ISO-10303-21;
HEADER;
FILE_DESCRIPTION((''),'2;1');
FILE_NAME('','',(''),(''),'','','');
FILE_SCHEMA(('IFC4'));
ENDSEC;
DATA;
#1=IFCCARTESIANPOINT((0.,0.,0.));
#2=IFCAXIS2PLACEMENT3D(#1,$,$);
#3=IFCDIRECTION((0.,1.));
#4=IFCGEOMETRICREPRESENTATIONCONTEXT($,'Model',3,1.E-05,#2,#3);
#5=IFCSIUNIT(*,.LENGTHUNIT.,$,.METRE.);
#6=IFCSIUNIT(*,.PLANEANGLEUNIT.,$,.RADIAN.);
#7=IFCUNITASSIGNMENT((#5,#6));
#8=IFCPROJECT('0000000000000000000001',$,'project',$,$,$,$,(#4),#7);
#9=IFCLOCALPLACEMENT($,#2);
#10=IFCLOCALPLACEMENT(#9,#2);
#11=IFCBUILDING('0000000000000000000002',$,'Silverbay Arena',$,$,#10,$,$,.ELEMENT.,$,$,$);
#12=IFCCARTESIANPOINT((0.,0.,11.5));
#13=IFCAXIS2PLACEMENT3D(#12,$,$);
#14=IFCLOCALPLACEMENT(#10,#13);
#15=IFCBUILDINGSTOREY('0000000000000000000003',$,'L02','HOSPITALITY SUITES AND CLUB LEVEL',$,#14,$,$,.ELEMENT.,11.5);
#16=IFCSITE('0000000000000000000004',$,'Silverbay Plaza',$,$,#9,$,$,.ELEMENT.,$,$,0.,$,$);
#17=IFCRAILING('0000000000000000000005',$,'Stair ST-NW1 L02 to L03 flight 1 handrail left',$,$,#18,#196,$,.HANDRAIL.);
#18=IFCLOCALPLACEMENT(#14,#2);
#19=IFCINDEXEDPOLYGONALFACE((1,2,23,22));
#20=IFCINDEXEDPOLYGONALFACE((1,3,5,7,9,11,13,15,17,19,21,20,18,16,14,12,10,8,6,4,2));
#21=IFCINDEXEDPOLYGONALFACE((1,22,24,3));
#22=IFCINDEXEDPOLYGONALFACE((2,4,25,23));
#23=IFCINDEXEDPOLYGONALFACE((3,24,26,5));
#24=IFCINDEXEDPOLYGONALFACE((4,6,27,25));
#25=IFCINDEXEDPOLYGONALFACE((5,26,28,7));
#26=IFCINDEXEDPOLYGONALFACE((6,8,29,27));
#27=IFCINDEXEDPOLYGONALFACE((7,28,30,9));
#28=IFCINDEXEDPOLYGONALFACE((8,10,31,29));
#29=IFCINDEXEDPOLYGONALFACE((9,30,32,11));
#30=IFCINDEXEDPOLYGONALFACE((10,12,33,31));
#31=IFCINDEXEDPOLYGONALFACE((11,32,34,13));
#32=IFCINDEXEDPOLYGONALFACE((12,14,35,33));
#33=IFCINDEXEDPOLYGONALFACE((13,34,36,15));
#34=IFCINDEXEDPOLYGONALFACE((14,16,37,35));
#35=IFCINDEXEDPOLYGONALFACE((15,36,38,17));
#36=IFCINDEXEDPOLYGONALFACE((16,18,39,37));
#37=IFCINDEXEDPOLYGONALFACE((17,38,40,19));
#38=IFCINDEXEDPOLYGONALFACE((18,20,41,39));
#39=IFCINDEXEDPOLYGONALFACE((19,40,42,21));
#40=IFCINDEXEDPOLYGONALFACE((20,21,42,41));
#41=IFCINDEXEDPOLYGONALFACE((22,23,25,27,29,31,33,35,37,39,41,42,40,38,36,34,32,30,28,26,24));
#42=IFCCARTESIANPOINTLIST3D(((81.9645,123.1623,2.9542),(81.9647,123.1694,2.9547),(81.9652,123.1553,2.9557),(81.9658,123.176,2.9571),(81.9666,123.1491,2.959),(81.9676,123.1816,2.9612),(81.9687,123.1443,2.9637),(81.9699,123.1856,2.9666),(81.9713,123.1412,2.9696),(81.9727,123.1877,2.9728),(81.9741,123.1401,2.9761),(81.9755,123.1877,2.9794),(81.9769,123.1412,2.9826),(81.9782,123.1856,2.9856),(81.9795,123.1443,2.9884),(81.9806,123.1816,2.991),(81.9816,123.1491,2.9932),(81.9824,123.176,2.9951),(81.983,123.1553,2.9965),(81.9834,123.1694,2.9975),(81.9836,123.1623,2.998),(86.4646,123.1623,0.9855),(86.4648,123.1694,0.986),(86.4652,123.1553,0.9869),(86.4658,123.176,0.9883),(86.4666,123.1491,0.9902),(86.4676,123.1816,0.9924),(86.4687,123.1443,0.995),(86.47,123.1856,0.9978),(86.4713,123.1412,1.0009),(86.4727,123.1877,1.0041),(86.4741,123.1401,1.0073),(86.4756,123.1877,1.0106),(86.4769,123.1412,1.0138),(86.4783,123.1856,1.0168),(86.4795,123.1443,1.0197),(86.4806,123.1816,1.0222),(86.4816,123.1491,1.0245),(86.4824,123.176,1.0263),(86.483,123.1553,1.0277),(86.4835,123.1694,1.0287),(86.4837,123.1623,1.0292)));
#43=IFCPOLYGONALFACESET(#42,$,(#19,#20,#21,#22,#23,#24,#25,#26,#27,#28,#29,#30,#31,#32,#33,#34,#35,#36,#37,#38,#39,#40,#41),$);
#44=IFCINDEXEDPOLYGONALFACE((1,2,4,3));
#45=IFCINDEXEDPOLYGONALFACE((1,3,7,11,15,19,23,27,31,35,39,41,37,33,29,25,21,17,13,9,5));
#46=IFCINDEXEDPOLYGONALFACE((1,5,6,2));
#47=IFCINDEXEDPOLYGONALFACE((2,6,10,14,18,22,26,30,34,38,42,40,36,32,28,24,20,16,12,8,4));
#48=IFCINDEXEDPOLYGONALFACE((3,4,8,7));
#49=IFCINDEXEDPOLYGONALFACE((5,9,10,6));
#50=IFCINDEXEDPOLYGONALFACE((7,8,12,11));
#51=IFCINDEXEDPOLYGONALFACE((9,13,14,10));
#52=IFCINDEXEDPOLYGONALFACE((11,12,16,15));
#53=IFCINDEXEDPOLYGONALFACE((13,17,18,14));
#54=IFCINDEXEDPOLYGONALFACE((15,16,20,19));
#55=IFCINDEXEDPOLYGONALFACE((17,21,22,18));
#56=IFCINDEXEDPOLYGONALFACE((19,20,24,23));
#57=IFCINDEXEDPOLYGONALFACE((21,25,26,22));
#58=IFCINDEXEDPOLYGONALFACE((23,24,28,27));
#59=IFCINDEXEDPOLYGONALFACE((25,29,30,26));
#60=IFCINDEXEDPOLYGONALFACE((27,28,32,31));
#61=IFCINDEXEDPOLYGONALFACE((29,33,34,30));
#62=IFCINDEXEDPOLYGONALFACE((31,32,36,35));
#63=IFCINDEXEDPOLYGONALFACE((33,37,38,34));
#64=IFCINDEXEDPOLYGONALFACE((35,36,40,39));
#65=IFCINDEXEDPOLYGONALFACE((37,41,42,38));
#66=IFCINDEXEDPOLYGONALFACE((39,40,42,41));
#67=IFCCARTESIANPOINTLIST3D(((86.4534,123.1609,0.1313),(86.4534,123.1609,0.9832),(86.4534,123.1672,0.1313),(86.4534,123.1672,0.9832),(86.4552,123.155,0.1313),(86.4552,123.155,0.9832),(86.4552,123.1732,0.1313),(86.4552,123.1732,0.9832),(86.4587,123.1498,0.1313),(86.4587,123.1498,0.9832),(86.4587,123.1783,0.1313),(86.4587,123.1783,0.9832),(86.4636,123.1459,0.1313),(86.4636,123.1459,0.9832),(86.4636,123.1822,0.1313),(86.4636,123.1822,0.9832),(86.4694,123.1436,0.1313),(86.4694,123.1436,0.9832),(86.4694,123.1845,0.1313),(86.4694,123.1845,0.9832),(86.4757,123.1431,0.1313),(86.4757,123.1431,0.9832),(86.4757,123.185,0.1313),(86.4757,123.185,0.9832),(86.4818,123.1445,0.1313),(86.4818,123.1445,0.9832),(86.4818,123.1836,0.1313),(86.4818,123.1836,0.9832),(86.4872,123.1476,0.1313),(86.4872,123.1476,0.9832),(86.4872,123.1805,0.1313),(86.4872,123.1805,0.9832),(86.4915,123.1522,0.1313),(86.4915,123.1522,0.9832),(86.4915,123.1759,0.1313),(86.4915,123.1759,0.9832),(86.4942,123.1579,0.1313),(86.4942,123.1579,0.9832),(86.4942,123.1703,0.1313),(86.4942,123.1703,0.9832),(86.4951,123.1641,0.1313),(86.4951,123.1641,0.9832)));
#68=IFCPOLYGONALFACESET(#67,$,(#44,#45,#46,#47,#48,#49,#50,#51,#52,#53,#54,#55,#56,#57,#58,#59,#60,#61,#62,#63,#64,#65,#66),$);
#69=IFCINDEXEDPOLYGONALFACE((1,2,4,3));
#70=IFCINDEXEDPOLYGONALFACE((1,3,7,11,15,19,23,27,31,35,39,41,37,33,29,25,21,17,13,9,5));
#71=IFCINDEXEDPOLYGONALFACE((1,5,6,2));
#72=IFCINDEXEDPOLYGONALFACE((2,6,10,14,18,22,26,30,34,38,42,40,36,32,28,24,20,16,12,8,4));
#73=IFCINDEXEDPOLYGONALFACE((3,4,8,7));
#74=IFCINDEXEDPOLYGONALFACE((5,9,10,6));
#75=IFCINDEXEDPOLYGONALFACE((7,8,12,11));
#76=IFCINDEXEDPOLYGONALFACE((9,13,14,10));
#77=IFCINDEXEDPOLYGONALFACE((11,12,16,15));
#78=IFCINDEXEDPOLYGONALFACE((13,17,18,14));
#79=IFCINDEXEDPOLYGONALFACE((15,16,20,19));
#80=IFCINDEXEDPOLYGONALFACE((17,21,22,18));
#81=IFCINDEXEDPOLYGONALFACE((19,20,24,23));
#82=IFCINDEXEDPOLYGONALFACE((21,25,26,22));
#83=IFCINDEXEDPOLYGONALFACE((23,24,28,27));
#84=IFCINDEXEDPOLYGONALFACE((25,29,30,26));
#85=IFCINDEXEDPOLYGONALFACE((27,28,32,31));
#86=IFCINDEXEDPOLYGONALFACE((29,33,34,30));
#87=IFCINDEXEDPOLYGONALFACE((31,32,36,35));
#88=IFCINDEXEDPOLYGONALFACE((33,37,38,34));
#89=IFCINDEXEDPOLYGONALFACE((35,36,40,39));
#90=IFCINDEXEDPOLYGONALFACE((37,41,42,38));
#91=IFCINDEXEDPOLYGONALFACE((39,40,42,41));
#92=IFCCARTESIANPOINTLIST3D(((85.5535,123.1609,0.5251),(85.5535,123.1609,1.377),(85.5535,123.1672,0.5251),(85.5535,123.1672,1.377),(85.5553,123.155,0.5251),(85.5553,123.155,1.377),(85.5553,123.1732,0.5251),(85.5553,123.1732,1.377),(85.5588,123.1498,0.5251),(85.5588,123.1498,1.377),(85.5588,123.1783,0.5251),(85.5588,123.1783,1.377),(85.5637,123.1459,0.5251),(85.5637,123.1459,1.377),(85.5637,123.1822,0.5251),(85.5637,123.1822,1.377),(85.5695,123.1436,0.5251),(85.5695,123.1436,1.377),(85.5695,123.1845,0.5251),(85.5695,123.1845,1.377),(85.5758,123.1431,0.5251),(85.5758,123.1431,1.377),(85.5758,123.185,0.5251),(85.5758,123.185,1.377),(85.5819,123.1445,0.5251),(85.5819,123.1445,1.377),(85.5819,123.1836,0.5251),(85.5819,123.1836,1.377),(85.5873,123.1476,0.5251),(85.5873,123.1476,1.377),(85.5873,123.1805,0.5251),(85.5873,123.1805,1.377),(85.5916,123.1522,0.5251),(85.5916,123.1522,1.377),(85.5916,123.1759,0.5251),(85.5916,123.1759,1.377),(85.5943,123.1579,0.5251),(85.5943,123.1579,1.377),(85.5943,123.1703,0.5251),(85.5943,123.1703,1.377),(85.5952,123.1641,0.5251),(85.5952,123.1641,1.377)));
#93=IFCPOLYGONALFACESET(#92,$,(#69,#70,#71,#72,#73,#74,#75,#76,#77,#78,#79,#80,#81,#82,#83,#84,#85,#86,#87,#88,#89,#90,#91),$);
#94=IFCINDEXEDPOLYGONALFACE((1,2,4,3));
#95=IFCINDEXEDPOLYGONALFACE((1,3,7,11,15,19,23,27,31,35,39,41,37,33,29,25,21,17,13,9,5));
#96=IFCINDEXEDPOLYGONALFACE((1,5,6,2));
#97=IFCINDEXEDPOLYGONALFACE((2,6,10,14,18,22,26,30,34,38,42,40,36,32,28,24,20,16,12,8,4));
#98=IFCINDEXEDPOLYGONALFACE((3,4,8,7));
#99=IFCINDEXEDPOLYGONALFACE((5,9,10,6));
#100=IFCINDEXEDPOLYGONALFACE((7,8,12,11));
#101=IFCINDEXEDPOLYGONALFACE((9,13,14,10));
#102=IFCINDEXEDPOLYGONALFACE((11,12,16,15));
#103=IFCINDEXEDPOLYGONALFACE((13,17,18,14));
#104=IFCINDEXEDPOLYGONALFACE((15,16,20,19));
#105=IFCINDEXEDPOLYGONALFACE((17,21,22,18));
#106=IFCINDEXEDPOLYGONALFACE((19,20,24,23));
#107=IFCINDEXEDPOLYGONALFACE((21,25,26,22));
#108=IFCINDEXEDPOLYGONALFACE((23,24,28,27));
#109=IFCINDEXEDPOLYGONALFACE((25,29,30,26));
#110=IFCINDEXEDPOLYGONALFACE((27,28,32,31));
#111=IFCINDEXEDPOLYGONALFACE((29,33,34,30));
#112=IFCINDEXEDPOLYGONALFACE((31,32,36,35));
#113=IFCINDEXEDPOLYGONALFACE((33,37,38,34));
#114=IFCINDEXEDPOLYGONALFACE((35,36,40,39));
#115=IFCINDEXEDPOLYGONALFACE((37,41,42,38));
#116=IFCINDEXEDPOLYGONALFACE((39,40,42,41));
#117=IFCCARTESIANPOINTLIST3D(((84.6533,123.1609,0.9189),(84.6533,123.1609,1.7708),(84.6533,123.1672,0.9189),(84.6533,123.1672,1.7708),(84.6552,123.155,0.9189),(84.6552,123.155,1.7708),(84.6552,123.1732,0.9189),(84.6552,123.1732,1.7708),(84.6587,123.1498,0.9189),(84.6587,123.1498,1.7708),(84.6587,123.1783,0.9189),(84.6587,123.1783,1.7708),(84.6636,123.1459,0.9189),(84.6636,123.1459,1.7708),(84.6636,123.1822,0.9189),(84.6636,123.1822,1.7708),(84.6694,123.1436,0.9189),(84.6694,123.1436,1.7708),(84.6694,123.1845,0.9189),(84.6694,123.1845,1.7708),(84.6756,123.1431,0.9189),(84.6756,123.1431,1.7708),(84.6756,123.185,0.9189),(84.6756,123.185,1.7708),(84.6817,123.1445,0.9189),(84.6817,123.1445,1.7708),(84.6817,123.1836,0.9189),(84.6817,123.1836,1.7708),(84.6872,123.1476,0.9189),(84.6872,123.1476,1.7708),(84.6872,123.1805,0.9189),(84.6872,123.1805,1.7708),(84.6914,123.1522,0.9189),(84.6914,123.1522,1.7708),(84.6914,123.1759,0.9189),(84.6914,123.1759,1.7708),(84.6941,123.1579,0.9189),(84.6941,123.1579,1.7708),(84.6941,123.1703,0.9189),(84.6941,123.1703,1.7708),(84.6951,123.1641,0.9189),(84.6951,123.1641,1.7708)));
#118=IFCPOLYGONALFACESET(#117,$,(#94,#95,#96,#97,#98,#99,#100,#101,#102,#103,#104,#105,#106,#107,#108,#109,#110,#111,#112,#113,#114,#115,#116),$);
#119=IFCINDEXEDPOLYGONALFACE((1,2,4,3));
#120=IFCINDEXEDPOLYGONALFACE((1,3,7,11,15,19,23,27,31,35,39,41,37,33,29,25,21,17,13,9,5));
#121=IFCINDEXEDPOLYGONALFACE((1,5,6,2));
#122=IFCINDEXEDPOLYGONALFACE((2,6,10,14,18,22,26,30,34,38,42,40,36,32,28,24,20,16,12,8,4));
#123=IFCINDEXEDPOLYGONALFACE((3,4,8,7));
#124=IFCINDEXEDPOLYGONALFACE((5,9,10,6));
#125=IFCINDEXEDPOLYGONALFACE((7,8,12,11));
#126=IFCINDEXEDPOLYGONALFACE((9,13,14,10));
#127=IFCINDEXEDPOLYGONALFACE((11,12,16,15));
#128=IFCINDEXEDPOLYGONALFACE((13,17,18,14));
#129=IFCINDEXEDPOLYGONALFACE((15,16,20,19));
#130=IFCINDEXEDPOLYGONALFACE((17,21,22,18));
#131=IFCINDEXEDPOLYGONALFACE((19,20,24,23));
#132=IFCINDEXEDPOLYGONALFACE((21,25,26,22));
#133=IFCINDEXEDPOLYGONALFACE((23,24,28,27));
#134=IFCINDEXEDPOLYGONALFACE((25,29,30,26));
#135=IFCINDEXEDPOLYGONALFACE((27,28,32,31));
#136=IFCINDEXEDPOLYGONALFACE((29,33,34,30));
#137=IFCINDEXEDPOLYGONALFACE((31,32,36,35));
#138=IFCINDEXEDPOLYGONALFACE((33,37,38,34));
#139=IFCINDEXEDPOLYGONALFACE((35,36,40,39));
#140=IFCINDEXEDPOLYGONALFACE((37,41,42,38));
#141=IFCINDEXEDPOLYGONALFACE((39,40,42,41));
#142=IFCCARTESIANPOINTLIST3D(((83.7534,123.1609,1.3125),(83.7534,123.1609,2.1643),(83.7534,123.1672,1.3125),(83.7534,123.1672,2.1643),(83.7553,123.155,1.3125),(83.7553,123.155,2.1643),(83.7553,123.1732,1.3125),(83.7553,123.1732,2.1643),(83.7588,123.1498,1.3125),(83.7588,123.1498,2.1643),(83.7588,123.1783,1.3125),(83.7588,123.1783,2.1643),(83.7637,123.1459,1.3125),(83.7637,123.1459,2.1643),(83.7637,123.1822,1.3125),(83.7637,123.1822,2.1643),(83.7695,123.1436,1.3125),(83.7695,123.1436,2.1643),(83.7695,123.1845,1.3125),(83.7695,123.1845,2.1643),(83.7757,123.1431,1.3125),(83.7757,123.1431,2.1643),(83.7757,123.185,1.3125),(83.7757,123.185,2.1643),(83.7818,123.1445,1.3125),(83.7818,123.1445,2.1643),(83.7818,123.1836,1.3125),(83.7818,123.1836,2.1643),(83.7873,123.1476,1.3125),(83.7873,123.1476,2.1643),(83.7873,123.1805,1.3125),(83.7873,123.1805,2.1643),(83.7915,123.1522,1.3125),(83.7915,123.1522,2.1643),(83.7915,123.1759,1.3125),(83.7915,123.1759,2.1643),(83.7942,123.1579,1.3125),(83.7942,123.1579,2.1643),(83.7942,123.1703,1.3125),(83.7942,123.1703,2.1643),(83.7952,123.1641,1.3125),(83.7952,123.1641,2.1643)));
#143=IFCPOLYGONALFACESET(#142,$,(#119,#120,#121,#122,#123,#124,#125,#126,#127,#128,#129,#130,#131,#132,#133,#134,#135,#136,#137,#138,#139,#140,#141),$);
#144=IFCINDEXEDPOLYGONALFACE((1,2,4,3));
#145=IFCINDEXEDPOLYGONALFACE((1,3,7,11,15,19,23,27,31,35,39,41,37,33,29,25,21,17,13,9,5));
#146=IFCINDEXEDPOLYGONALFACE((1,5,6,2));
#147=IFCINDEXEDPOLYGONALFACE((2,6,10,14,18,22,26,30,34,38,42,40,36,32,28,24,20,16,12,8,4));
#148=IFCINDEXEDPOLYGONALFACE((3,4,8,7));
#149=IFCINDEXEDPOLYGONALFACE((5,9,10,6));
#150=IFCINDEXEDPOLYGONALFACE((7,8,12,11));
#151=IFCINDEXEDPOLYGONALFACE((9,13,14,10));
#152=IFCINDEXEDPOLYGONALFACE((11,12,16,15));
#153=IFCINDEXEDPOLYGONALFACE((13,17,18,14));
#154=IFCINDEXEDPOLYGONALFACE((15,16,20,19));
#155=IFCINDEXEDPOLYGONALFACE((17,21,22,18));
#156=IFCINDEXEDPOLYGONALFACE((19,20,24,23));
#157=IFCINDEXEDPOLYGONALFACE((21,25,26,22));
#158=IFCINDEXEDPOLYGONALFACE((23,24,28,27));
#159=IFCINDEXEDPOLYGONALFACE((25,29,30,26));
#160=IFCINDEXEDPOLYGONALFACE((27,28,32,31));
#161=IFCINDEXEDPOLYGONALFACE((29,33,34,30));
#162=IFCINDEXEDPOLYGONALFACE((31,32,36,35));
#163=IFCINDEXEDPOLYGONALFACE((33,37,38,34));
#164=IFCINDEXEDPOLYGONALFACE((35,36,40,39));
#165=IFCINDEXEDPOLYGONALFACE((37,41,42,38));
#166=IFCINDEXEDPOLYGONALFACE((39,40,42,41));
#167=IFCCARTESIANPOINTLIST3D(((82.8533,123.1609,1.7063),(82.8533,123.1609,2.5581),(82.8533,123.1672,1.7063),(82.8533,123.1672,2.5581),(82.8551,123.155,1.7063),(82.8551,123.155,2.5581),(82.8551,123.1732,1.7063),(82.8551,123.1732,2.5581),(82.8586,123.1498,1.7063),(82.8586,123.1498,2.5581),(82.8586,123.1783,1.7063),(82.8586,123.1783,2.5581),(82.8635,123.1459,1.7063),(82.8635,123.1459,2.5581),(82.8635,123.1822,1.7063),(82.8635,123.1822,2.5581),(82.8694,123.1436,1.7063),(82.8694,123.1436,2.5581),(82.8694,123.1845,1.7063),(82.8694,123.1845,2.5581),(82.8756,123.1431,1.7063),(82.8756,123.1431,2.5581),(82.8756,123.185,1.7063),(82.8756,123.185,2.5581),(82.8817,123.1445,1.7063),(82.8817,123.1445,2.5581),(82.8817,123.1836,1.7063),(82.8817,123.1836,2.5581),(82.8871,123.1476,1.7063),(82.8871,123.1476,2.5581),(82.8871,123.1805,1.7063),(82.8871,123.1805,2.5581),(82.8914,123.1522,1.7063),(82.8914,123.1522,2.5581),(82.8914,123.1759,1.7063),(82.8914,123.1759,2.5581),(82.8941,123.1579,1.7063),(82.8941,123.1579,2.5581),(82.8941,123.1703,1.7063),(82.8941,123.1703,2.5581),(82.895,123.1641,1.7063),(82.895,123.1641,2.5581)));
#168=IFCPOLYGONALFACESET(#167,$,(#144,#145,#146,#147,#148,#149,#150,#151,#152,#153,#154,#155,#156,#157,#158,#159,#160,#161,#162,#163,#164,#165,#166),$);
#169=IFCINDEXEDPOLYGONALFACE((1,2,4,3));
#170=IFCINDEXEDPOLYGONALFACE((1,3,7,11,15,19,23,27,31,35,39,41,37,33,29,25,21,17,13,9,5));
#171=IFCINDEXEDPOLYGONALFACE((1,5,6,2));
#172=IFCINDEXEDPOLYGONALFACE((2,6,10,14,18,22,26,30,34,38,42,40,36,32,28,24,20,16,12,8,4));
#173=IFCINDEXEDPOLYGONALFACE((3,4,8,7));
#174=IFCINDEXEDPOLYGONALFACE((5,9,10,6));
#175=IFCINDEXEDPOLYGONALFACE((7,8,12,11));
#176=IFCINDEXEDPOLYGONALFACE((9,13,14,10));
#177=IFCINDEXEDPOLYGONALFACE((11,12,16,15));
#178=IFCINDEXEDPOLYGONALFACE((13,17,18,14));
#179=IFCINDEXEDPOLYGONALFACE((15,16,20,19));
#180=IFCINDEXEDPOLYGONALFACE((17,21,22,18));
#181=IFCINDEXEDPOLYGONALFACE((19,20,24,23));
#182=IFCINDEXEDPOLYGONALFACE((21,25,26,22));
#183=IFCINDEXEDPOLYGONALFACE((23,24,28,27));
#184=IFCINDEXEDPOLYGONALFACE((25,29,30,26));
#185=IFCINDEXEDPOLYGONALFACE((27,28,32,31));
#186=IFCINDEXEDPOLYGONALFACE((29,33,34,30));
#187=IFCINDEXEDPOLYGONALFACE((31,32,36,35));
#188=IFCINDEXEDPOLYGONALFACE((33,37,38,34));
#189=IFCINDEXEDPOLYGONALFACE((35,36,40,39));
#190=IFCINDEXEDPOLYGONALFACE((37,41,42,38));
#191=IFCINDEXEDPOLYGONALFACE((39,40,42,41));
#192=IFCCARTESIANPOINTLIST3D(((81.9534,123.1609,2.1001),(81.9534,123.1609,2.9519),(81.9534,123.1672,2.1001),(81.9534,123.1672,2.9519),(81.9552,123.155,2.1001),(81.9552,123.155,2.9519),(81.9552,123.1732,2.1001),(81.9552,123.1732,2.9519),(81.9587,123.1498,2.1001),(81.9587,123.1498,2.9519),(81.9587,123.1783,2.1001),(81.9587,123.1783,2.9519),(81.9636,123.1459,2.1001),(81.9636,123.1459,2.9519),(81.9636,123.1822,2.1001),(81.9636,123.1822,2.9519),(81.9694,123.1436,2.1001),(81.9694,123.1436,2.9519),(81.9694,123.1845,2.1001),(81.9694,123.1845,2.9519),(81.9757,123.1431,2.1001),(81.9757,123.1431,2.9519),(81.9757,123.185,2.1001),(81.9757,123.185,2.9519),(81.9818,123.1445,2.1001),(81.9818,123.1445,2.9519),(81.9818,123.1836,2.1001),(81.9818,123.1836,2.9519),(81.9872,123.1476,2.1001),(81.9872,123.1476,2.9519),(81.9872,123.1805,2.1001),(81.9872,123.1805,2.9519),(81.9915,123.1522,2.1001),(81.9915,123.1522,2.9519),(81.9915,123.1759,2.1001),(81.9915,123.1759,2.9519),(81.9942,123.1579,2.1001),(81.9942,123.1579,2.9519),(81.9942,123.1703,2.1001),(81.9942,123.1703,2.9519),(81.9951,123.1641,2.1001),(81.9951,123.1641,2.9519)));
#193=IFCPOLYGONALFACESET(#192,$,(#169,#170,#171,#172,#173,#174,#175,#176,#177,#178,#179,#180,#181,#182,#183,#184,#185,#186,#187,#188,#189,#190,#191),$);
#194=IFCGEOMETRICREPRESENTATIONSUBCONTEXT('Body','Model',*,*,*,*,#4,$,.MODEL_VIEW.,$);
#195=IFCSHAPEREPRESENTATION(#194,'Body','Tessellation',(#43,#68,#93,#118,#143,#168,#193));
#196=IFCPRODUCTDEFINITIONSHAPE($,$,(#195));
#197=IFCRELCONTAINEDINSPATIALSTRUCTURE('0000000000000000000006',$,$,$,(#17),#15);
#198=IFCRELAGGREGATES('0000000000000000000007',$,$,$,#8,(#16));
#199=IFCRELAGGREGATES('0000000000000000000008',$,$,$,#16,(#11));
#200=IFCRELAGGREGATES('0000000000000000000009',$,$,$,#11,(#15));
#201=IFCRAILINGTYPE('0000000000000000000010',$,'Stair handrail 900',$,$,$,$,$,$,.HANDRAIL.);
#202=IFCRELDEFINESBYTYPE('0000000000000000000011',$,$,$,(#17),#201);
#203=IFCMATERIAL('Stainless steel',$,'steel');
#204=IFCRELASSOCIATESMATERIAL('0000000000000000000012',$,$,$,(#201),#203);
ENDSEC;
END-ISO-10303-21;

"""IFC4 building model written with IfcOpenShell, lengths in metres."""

from ifc_helpers import new_model, si_unit, direction, frame, origin, origin_2d, place, context, subcontext, project, spatial, circle, extrude, material, type_object, element, save


model = new_model("IFC4")

# Units and contexts
model_context = context("Model", 3, precision=1e-05, world=origin(), true_north=direction((0.0, 1.0)))
body_context = subcontext(model_context, "Body", "Model", "MODEL_VIEW")
ifc_project = project(units=[si_unit("LENGTHUNIT", "METRE"), si_unit("PLANEANGLEUNIT", "RADIAN")], contexts=[model_context])

# Site, building, storey
site_placement = place(None, origin())
site = spatial("IfcSite", under=ifc_project, at=site_placement, Name="Silverbay Plaza", CompositionType="ELEMENT", RefElevation=0.0)
building_placement = place(site_placement, origin())
building = spatial("IfcBuilding", under=site, at=building_placement, Name="Silverbay Arena", CompositionType="ELEMENT")
storey_placement = place(building_placement, frame((0.0, 0.0, 11.5)))
storey = spatial("IfcBuildingStorey", under=building, at=storey_placement, Name="L02", Description="HOSPITALITY SUITES AND CLUB LEVEL", CompositionType="ELEMENT", Elevation=11.5)

# Railing
ifc_material_1 = material(Name="Stainless steel", Category="steel")
railing_type_1 = type_object("IfcRailingType", Name="Stair handrail 900", PredefinedType="HANDRAIL", material=ifc_material_1)
for number, where, name in (
    (1, (86.4741, 123.1641, 0.1313), "Stair ST-NW1 L02 to L03 flight 1 handrail left"),
):
    element("IfcRailing", number, at=place(storey_placement, frame(where)), inside=storey, type_object=railing_type_1, Name=name, PredefinedType="HANDRAIL", context=body_context, shape_type="SweptSolid", body=[
        extrude(circle(Radius=0.0239, at=origin_2d()), frame((0.0, 0.0, 0.876), z_axis=(-0.916157, 0.0, 0.400819), x_axis=(0.0, -1.0, 0.0)), (0.0, 0.0, 1.0), 4.9119),
        extrude(circle(Radius=0.021, at=origin_2d()), origin(), (0.0, 0.0, 1.0), 0.8518),
        extrude(circle(Radius=0.021, at=origin_2d()), frame((-0.8999, 0.0, 0.3938)), (0.0, 0.0, 1.0), 0.8518),
        extrude(circle(Radius=0.021, at=origin_2d()), frame((-1.8, 0.0, 0.7876)), (0.0, 0.0, 1.0), 0.8518),
        extrude(circle(Radius=0.021, at=origin_2d()), frame((-2.7, 0.0, 1.1812)), (0.0, 0.0, 1.0), 0.8518),
        extrude(circle(Radius=0.021, at=origin_2d()), frame((-3.6001, 0.0, 1.575)), (0.0, 0.0, 1.0), 0.8518),
        extrude(circle(Radius=0.021, at=origin_2d()), frame((-4.5, 0.0, 1.9688)), (0.0, 0.0, 1.0), 0.8518),
    ])

save(model, "model.ifc")
